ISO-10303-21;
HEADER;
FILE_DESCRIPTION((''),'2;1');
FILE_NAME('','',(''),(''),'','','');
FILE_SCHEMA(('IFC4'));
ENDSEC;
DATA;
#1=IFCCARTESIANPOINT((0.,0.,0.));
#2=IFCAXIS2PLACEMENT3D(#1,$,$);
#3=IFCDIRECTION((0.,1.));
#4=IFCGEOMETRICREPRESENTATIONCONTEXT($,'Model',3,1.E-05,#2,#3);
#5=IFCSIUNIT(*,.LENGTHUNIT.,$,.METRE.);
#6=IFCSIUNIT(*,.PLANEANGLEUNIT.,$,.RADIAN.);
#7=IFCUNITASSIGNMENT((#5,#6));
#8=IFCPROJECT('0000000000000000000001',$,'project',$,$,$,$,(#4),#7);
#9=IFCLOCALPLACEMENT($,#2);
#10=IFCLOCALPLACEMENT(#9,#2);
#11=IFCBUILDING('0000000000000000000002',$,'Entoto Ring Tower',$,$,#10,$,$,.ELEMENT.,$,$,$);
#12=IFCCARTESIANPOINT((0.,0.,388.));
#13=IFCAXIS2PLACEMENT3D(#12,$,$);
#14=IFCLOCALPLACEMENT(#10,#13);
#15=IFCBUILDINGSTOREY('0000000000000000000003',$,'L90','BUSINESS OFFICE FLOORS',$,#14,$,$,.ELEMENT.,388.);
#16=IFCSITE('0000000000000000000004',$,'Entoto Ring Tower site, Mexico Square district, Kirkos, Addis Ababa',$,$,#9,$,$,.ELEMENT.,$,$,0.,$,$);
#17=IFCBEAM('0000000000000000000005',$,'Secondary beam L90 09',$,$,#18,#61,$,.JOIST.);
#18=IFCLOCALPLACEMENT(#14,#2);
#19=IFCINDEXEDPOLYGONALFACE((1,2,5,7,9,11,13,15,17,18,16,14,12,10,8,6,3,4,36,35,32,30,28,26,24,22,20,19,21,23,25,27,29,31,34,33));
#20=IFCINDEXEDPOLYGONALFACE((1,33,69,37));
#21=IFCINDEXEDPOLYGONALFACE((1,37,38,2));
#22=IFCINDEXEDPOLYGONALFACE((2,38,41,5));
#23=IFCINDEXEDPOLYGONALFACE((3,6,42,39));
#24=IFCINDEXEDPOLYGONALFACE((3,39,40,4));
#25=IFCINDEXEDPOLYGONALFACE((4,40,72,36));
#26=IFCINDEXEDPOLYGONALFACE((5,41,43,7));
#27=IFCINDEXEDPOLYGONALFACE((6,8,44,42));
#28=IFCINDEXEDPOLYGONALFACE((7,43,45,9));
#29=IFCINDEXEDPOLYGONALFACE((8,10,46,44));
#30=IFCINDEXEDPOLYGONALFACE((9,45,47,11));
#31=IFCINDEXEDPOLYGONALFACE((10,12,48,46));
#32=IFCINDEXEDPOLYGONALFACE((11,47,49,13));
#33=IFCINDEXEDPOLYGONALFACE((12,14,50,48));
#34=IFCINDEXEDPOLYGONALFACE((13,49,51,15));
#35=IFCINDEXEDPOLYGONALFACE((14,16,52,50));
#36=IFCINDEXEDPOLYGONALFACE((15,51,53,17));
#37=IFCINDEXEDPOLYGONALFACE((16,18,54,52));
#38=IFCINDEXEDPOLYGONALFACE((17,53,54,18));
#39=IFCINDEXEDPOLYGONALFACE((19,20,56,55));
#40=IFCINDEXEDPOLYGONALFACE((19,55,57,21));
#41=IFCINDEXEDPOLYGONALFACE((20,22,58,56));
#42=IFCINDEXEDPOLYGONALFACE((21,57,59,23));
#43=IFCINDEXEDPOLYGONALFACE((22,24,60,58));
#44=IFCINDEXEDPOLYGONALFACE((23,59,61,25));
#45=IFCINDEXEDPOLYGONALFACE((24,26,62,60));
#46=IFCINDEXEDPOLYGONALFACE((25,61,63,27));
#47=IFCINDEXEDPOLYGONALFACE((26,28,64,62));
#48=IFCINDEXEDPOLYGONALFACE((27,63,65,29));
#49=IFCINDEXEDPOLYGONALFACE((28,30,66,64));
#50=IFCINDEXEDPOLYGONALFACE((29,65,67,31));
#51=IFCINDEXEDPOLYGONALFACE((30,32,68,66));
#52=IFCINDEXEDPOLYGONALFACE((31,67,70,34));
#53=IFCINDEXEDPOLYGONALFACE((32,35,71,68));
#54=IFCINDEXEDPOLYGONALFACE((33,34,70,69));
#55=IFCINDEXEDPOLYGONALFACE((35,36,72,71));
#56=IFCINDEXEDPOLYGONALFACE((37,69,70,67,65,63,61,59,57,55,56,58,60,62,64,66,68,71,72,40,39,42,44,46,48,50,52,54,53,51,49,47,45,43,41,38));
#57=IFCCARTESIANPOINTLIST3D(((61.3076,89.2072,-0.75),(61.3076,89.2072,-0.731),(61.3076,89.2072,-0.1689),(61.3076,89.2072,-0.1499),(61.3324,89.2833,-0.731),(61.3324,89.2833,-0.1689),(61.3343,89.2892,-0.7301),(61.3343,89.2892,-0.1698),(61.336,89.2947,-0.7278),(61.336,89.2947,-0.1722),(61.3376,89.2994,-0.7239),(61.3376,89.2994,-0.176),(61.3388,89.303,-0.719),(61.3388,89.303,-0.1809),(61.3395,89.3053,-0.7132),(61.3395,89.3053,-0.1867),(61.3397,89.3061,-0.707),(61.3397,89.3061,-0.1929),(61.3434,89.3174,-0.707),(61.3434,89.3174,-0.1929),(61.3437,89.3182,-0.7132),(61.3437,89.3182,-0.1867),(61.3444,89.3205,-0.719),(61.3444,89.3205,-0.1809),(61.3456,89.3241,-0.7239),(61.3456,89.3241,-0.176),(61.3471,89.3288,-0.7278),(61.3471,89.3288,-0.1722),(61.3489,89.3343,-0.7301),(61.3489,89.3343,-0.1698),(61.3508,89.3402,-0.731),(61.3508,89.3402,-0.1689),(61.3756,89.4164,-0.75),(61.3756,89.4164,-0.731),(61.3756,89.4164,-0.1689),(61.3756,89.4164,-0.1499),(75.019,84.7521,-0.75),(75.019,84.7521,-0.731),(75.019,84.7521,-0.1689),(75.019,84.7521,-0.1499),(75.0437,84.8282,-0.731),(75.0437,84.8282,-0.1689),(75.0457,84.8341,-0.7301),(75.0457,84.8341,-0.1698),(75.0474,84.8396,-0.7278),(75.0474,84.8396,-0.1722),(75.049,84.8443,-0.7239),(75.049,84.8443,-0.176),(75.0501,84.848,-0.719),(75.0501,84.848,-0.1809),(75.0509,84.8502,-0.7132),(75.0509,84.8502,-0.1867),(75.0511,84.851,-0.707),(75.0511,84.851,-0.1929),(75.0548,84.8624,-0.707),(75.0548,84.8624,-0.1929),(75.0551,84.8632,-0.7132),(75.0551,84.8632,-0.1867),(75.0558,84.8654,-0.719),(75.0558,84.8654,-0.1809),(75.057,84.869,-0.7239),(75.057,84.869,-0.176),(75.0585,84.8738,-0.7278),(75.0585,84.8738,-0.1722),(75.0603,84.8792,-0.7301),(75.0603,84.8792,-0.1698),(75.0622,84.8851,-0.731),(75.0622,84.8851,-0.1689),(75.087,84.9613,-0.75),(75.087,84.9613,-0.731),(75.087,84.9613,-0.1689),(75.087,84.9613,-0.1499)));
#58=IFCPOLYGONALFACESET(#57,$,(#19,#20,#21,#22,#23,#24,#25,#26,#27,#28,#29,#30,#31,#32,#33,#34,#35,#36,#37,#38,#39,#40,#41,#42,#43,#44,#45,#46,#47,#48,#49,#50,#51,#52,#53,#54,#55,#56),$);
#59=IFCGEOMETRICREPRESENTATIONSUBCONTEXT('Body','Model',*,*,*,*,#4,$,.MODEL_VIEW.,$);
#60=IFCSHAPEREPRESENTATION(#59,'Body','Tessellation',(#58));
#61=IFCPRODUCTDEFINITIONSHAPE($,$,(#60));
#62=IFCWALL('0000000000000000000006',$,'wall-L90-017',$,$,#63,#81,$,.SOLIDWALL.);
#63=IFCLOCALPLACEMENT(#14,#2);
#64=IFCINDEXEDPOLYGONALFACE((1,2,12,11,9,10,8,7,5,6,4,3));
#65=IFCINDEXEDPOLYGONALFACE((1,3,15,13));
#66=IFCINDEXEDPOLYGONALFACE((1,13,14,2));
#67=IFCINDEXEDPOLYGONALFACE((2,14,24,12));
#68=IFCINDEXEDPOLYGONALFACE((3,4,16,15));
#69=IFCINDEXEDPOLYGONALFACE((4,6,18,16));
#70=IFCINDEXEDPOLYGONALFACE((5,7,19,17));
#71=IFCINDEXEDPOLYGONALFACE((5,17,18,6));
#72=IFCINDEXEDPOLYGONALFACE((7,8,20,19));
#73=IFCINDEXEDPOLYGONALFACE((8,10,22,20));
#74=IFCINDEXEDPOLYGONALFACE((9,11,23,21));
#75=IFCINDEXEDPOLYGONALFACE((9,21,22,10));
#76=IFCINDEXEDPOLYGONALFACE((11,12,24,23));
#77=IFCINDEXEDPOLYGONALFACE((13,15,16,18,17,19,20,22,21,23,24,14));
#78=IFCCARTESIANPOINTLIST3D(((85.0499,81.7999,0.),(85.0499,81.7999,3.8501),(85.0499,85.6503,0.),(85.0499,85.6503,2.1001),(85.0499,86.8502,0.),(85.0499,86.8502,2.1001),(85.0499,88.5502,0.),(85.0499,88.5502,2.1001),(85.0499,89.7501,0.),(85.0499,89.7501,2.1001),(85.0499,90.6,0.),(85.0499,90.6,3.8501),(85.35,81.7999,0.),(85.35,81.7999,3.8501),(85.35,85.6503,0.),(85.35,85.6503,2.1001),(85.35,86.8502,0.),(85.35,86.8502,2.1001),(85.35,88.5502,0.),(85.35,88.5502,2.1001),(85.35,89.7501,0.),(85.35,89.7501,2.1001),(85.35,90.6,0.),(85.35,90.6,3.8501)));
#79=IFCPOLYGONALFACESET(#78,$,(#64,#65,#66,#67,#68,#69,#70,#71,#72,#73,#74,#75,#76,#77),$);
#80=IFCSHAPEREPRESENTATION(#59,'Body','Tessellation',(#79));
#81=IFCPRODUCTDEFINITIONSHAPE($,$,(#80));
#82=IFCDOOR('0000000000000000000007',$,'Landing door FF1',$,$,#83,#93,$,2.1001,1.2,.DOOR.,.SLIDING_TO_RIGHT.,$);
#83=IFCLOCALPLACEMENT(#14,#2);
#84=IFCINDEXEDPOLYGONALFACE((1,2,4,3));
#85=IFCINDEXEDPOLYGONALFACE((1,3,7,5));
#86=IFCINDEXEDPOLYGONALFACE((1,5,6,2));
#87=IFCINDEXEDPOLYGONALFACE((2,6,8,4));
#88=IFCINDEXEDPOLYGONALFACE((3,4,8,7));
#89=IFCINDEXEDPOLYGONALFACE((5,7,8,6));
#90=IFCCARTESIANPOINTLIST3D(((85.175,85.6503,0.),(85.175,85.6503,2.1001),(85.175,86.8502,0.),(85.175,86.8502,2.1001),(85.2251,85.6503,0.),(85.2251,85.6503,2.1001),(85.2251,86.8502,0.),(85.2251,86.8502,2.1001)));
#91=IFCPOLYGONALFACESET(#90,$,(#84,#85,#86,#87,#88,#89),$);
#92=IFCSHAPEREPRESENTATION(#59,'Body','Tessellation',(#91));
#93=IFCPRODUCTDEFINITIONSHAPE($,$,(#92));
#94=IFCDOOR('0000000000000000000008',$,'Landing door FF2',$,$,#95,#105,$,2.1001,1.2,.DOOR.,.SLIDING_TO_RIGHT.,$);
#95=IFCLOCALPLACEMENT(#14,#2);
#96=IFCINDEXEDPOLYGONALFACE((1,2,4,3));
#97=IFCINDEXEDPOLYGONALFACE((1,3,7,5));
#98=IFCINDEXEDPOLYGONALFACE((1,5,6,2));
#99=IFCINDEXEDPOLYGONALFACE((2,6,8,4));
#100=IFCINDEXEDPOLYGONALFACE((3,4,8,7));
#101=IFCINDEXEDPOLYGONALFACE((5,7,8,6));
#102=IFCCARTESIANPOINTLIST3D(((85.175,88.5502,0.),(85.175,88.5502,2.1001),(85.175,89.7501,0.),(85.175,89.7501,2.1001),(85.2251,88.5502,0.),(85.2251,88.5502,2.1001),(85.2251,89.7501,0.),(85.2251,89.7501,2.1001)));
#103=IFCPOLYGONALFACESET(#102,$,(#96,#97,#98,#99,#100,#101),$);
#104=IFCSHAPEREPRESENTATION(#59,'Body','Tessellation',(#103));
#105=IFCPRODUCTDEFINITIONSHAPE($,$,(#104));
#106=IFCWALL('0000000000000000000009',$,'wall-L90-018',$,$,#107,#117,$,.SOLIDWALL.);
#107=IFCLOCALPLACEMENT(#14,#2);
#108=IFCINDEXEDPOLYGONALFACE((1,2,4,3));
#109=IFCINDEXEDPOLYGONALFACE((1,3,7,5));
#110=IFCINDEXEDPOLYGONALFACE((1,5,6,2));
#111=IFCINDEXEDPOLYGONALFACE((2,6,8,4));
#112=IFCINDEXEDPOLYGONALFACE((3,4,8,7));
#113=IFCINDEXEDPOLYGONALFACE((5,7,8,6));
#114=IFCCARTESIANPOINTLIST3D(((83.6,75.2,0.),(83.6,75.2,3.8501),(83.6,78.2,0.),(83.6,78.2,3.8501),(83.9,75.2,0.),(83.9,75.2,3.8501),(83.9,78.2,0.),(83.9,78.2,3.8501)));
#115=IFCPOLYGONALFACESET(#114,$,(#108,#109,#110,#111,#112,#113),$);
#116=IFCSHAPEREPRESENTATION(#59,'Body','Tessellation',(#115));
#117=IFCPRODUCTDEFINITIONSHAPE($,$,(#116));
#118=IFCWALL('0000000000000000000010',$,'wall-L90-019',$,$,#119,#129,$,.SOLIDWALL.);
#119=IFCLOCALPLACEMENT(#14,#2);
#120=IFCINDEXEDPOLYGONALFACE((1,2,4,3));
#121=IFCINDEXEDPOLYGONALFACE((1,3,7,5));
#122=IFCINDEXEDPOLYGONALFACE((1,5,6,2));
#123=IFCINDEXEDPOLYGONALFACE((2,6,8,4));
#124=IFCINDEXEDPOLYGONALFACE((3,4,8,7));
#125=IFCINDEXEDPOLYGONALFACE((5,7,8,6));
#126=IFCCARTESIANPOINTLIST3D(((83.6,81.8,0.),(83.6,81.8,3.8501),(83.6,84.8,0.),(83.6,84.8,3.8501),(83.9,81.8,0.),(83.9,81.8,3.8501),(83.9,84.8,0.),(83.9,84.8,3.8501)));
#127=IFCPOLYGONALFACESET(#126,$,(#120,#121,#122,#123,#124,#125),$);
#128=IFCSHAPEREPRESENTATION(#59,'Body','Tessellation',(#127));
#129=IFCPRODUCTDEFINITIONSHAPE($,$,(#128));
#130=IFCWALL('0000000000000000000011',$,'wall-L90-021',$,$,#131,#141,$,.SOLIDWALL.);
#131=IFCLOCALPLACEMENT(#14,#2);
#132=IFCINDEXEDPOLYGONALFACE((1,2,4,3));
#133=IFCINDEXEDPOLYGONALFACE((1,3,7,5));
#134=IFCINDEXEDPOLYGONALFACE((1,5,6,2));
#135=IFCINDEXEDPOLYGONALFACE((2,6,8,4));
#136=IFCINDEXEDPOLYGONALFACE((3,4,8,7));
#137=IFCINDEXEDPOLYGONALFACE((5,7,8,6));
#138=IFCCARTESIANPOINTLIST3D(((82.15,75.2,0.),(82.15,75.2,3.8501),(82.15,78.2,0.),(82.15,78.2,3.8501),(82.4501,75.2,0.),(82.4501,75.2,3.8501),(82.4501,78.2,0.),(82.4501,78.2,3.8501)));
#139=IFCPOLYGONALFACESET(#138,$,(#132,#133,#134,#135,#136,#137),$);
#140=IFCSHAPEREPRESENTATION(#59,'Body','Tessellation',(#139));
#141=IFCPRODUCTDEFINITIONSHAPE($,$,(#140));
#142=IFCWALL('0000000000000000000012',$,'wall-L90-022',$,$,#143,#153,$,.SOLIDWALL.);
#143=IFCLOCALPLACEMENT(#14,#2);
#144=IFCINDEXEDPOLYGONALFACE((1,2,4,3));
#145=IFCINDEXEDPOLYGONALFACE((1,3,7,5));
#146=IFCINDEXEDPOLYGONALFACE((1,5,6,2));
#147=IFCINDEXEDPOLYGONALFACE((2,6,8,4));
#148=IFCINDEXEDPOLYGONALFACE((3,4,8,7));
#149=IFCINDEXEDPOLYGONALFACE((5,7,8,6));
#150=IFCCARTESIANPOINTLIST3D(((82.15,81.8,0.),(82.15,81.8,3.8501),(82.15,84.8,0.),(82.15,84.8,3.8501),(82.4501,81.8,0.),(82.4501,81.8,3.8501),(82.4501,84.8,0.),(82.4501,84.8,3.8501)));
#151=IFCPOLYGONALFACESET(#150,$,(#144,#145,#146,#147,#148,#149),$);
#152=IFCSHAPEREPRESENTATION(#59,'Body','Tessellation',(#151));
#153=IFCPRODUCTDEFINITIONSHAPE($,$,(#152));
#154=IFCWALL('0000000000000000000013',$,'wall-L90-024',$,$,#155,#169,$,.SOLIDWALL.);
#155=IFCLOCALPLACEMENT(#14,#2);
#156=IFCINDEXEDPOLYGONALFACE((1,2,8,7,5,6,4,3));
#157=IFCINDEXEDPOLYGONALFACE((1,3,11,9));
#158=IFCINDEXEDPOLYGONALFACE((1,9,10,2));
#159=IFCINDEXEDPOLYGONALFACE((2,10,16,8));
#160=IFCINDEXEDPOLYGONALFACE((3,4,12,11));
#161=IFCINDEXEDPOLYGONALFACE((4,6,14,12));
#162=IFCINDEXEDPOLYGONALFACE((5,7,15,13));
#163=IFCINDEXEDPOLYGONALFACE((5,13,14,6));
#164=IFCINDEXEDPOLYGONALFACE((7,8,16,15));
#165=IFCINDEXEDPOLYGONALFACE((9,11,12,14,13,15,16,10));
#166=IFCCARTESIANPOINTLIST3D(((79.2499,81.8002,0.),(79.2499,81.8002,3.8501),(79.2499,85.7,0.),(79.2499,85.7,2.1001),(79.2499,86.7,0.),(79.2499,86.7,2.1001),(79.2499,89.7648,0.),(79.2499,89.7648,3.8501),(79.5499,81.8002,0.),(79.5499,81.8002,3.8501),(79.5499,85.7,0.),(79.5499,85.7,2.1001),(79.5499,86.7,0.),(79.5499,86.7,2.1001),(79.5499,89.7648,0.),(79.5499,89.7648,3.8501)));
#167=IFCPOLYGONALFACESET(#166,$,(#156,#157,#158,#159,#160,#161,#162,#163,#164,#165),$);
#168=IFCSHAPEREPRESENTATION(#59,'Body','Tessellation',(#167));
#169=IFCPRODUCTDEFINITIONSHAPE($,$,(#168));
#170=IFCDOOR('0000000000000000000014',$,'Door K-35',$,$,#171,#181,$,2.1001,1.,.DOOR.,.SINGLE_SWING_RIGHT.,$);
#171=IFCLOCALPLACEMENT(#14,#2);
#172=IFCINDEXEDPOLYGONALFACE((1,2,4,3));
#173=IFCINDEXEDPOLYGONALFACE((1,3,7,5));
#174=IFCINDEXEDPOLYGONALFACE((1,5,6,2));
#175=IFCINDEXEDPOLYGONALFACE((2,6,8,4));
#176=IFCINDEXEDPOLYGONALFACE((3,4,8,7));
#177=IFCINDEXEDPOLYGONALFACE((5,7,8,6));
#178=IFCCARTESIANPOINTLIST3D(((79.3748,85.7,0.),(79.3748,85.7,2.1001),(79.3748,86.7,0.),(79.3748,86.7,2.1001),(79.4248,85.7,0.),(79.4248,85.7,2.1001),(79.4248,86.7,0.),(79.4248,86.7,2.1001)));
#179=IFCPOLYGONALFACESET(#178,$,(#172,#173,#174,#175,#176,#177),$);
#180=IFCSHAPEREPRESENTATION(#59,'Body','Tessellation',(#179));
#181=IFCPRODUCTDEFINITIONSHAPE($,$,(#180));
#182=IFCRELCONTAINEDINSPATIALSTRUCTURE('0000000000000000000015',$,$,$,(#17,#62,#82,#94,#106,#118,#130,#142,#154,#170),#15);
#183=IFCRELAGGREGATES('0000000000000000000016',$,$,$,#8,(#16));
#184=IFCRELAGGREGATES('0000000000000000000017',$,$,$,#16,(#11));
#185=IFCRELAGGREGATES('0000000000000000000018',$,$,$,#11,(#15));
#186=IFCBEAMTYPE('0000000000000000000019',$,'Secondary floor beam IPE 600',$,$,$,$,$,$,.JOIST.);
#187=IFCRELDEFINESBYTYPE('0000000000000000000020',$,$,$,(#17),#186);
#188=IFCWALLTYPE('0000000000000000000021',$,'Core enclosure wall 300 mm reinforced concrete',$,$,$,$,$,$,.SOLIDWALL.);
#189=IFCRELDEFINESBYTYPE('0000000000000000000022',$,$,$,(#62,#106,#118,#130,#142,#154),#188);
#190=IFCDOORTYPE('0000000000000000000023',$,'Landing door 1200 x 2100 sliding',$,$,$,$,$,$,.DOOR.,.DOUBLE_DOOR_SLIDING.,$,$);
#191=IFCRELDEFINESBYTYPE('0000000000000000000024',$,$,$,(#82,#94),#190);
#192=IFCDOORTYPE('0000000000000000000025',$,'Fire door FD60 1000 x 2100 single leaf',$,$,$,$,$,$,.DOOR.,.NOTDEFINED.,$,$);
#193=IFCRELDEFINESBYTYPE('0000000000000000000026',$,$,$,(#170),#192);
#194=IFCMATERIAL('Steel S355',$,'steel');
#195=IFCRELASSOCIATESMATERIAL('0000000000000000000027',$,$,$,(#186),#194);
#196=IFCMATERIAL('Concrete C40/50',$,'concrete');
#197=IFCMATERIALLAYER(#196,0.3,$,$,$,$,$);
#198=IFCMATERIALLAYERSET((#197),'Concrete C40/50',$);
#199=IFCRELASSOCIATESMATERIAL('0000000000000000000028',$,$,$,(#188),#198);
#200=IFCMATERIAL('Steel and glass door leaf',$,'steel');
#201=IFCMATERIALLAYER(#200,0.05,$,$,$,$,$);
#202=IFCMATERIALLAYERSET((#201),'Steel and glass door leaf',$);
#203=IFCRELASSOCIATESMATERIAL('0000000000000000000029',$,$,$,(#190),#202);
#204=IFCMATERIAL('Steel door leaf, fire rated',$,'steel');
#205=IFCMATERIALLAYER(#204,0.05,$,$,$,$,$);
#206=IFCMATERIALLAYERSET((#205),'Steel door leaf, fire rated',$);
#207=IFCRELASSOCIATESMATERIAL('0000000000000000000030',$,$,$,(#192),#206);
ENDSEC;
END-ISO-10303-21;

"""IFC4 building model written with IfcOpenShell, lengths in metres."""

from ifc_helpers import new_model, si_unit, direction, frame, frame_2d, origin, origin_2d, place, context, subcontext, project, spatial, rectangle, i_section, extrude, material, layer, layer_set, material_profile, profile_set, type_object, element, fill, save


model = new_model("IFC4")

# Units and contexts
model_context = context("Model", 3, precision=1e-05, world=origin(), true_north=direction((0.0, 1.0)))
body_context = subcontext(model_context, "Body", "Model", "MODEL_VIEW")
ifc_project = project(units=[si_unit("LENGTHUNIT", "METRE"), si_unit("PLANEANGLEUNIT", "RADIAN")], contexts=[model_context])

# Site, building, storey
site_placement = place(None, origin())
site = spatial("IfcSite", under=ifc_project, at=site_placement, Name="Entoto Ring Tower site, Mexico Square district, Kirkos, Addis Ababa", CompositionType="ELEMENT", RefElevation=0.0)
building_placement = place(site_placement, origin())
building = spatial("IfcBuilding", under=site, at=building_placement, Name="Entoto Ring Tower", CompositionType="ELEMENT")
storey_placement = place(building_placement, frame((0.0, 0.0, 388.0)))
storey = spatial("IfcBuildingStorey", under=building, at=storey_placement, Name="L90", Description="BUSINESS OFFICE FLOORS", CompositionType="ELEMENT", Elevation=388.0)

# Beam
ifc_material_1 = material(Name="Steel S355", Category="steel")
ifc_material_profile = material_profile(ifc_material_1, i_section(OverallWidth=0.22, OverallDepth=0.6001, WebThickness=0.012, FlangeThickness=0.019, FilletRadius=0.0239, at=origin_2d()), Name="IPE 600")
ifc_profile_set = profile_set([ifc_material_profile], Name="Steel S355")
beam_type = type_object("IfcBeamType", Name="Secondary floor beam IPE 600", PredefinedType="JOIST", material=ifc_profile_set)
beam_placement = place(storey_placement, frame((75.053, 84.8567, -0.45), z_axis=(-0.951057, 0.309015, 0.0), x_axis=(-0.309015, -0.951057, 0.0)))
element("IfcBeam", 1, at=beam_placement, inside=storey, type_object=beam_type, Name="Secondary beam L90 09", PredefinedType="JOIST", context=body_context, shape_type="SweptSolid", body=[
    extrude(i_section(OverallWidth=0.22, OverallDepth=0.6001, WebThickness=0.012, FlangeThickness=0.019, FilletRadius=0.0239, at=origin_2d()), origin(), (0.0, 0.0, 1.0), 14.417),
])

# Wall, openings, doors
ifc_material_2 = material(Name="Concrete C40/50", Category="concrete")
ifc_layer_1 = layer(ifc_material_2, 0.3)
ifc_layer_set_1 = layer_set([ifc_layer_1], Name="Concrete C40/50")
wall_type_1 = type_object("IfcWallType", Name="Core enclosure wall 300 mm reinforced concrete", PredefinedType="SOLIDWALL", material=ifc_layer_set_1)
wall_1_placement = place(storey_placement, frame((85.2, 81.8, 0.0), z_axis=(0.0, 0.0, 1.0), x_axis=(0.0, 1.0, 0.0)))
wall_1 = element("IfcWall", 2, at=wall_1_placement, inside=storey, type_object=wall_type_1, Name="wall-L90-017", PredefinedType="SOLIDWALL", context=body_context, shape_type="SweptSolid", body=[
    extrude(rectangle(XDim=8.8, YDim=0.3, at=frame_2d((4.3999, 0.0))), origin(), (0.0, 0.0, 1.0), 3.8501),
])
opening_1_placement = place(wall_1_placement, frame((3.8501, 0.0, 0.0)))
opening_1 = element("IfcOpeningElement", 3, at=opening_1_placement, cuts=wall_1, PredefinedType="OPENING", context=body_context, shape_type="SweptSolid", body=[
    extrude(rectangle(XDim=1.2, YDim=2.1001, at=frame_2d((0.6001, 1.05))), frame((0.0, 0.1602, 0.0), z_axis=(0.0, -1.0, 0.0), x_axis=(1.0, 0.0, 0.0)), (0.0, 0.0, 1.0), 0.3201),
])
opening_2_placement = place(wall_1_placement, frame((6.75, 0.0, 0.0)))
opening_2 = element("IfcOpeningElement", 4, at=opening_2_placement, cuts=wall_1, PredefinedType="OPENING", context=body_context, shape_type="SweptSolid", body=[
    extrude(rectangle(XDim=1.2, YDim=2.1001, at=frame_2d((0.6001, 1.05))), frame((0.0, 0.1602, 0.0), z_axis=(0.0, -1.0, 0.0), x_axis=(1.0, 0.0, 0.0)), (0.0, 0.0, 1.0), 0.3201),
])
ifc_material_3 = material(Name="Steel and glass door leaf", Category="steel")
ifc_layer_2 = layer(ifc_material_3, 0.05)
ifc_layer_set_2 = layer_set([ifc_layer_2], Name="Steel and glass door leaf")
door_type_1 = type_object("IfcDoorType", Name="Landing door 1200 x 2100 sliding", OperationType="DOUBLE_DOOR_SLIDING", PredefinedType="DOOR", material=ifc_layer_set_2)
door_1_placement = place(opening_1_placement, origin())
door_1 = element("IfcDoor", 5, at=door_1_placement, inside=storey, type_object=door_type_1, Name="Landing door FF1", OperationType="SLIDING_TO_RIGHT", OverallHeight=2.1001, OverallWidth=1.2, PredefinedType="DOOR", context=body_context, shape_type="SweptSolid", body=[
    extrude(rectangle(XDim=1.2, YDim=2.1001, at=frame_2d((0.6001, 1.05))), frame((0.0, 0.0249, 0.0), z_axis=(0.0, -1.0, 0.0), x_axis=(1.0, 0.0, 0.0)), (0.0, 0.0, 1.0), 0.05),
])
fill(opening_1, door_1)
door_2_placement = place(opening_2_placement, origin())
door_2 = element("IfcDoor", 6, at=door_2_placement, inside=storey, type_object=door_type_1, Name="Landing door FF2", OperationType="SLIDING_TO_RIGHT", OverallHeight=2.1001, OverallWidth=1.2, PredefinedType="DOOR", context=body_context, shape_type="SweptSolid", body=[
    extrude(rectangle(XDim=1.2, YDim=2.1001, at=frame_2d((0.6001, 1.05))), frame((0.0, 0.0249, 0.0), z_axis=(0.0, -1.0, 0.0), x_axis=(1.0, 0.0, 0.0)), (0.0, 0.0, 1.0), 0.05),
])
fill(opening_2, door_2)

# Walls
for number, where, z_axis, x_axis, name in (
    (7, (83.75, 75.2, 0.0), (0.0, 0.0, 1.0), (0.0, 1.0, 0.0), "wall-L90-018"),
    (8, (83.75, 81.8, 0.0), (0.0, 0.0, 1.0), (0.0, 1.0, 0.0), "wall-L90-019"),
    (9, (82.3, 75.2, 0.0), (0.0, 0.0, 1.0), (0.0, 1.0, 0.0), "wall-L90-021"),
    (10, (82.3, 81.8, 0.0), (0.0, 0.0, 1.0), (0.0, 1.0, 0.0), "wall-L90-022"),
):
    element("IfcWall", number, at=place(storey_placement, frame(where, z_axis=z_axis, x_axis=x_axis)), inside=storey, type_object=wall_type_1, Name=name, PredefinedType="SOLIDWALL", context=body_context, shape_type="SweptSolid", body=[
        extrude(rectangle(XDim=3.0, YDim=0.3, at=frame_2d((1.5, 0.0))), origin(), (0.0, 0.0, 1.0), 3.8501),
    ])

# Wall, opening, door
wall_2_placement = place(storey_placement, frame((79.3999, 81.8, 0.0), z_axis=(0.0, 0.0, 1.0), x_axis=(0.0, 1.0, 0.0)))
wall_2 = element("IfcWall", 11, at=wall_2_placement, inside=storey, type_object=wall_type_1, Name="wall-L90-024", PredefinedType="SOLIDWALL", context=body_context, shape_type="SweptSolid", body=[
    extrude(rectangle(XDim=7.9646, YDim=0.3, at=frame_2d((3.9824, 0.0))), origin(), (0.0, 0.0, 1.0), 3.8501),
])
opening_3_placement = place(wall_2_placement, frame((3.8999, 0.0, 0.0)))
opening_3 = element("IfcOpeningElement", 12, at=opening_3_placement, cuts=wall_2, PredefinedType="OPENING", context=body_context, shape_type="SweptSolid", body=[
    extrude(rectangle(XDim=1.0, YDim=2.1001, at=frame_2d((0.5, 1.05))), frame((0.0, 0.1602, 0.0), z_axis=(0.0, -1.0, 0.0), x_axis=(1.0, 0.0, 0.0)), (0.0, 0.0, 1.0), 0.3201),
])
ifc_material_4 = material(Name="Steel door leaf, fire rated", Category="steel")
ifc_layer_3 = layer(ifc_material_4, 0.05)
ifc_layer_set_3 = layer_set([ifc_layer_3], Name="Steel door leaf, fire rated")
door_type_2 = type_object("IfcDoorType", Name="Fire door FD60 1000 x 2100 single leaf", OperationType="NOTDEFINED", PredefinedType="DOOR", material=ifc_layer_set_3)
door_3_placement = place(opening_3_placement, frame((1.0, 0.0, 0.0), z_axis=(0.0, 0.0, 1.0), x_axis=(-1.0, 0.0, 0.0)))
door_3 = element("IfcDoor", 13, at=door_3_placement, inside=storey, type_object=door_type_2, Name="Door K-35", OperationType="SINGLE_SWING_RIGHT", OverallHeight=2.1001, OverallWidth=1.0, PredefinedType="DOOR", context=body_context, shape_type="SweptSolid", body=[
    extrude(rectangle(XDim=1.0, YDim=2.1001, at=frame_2d((0.5, 1.05))), frame((0.0, 0.0249, 0.0), z_axis=(0.0, -1.0, 0.0), x_axis=(1.0, 0.0, 0.0)), (0.0, 0.0, 1.0), 0.05),
])
fill(opening_3, door_3)

save(model, "model.ifc")
